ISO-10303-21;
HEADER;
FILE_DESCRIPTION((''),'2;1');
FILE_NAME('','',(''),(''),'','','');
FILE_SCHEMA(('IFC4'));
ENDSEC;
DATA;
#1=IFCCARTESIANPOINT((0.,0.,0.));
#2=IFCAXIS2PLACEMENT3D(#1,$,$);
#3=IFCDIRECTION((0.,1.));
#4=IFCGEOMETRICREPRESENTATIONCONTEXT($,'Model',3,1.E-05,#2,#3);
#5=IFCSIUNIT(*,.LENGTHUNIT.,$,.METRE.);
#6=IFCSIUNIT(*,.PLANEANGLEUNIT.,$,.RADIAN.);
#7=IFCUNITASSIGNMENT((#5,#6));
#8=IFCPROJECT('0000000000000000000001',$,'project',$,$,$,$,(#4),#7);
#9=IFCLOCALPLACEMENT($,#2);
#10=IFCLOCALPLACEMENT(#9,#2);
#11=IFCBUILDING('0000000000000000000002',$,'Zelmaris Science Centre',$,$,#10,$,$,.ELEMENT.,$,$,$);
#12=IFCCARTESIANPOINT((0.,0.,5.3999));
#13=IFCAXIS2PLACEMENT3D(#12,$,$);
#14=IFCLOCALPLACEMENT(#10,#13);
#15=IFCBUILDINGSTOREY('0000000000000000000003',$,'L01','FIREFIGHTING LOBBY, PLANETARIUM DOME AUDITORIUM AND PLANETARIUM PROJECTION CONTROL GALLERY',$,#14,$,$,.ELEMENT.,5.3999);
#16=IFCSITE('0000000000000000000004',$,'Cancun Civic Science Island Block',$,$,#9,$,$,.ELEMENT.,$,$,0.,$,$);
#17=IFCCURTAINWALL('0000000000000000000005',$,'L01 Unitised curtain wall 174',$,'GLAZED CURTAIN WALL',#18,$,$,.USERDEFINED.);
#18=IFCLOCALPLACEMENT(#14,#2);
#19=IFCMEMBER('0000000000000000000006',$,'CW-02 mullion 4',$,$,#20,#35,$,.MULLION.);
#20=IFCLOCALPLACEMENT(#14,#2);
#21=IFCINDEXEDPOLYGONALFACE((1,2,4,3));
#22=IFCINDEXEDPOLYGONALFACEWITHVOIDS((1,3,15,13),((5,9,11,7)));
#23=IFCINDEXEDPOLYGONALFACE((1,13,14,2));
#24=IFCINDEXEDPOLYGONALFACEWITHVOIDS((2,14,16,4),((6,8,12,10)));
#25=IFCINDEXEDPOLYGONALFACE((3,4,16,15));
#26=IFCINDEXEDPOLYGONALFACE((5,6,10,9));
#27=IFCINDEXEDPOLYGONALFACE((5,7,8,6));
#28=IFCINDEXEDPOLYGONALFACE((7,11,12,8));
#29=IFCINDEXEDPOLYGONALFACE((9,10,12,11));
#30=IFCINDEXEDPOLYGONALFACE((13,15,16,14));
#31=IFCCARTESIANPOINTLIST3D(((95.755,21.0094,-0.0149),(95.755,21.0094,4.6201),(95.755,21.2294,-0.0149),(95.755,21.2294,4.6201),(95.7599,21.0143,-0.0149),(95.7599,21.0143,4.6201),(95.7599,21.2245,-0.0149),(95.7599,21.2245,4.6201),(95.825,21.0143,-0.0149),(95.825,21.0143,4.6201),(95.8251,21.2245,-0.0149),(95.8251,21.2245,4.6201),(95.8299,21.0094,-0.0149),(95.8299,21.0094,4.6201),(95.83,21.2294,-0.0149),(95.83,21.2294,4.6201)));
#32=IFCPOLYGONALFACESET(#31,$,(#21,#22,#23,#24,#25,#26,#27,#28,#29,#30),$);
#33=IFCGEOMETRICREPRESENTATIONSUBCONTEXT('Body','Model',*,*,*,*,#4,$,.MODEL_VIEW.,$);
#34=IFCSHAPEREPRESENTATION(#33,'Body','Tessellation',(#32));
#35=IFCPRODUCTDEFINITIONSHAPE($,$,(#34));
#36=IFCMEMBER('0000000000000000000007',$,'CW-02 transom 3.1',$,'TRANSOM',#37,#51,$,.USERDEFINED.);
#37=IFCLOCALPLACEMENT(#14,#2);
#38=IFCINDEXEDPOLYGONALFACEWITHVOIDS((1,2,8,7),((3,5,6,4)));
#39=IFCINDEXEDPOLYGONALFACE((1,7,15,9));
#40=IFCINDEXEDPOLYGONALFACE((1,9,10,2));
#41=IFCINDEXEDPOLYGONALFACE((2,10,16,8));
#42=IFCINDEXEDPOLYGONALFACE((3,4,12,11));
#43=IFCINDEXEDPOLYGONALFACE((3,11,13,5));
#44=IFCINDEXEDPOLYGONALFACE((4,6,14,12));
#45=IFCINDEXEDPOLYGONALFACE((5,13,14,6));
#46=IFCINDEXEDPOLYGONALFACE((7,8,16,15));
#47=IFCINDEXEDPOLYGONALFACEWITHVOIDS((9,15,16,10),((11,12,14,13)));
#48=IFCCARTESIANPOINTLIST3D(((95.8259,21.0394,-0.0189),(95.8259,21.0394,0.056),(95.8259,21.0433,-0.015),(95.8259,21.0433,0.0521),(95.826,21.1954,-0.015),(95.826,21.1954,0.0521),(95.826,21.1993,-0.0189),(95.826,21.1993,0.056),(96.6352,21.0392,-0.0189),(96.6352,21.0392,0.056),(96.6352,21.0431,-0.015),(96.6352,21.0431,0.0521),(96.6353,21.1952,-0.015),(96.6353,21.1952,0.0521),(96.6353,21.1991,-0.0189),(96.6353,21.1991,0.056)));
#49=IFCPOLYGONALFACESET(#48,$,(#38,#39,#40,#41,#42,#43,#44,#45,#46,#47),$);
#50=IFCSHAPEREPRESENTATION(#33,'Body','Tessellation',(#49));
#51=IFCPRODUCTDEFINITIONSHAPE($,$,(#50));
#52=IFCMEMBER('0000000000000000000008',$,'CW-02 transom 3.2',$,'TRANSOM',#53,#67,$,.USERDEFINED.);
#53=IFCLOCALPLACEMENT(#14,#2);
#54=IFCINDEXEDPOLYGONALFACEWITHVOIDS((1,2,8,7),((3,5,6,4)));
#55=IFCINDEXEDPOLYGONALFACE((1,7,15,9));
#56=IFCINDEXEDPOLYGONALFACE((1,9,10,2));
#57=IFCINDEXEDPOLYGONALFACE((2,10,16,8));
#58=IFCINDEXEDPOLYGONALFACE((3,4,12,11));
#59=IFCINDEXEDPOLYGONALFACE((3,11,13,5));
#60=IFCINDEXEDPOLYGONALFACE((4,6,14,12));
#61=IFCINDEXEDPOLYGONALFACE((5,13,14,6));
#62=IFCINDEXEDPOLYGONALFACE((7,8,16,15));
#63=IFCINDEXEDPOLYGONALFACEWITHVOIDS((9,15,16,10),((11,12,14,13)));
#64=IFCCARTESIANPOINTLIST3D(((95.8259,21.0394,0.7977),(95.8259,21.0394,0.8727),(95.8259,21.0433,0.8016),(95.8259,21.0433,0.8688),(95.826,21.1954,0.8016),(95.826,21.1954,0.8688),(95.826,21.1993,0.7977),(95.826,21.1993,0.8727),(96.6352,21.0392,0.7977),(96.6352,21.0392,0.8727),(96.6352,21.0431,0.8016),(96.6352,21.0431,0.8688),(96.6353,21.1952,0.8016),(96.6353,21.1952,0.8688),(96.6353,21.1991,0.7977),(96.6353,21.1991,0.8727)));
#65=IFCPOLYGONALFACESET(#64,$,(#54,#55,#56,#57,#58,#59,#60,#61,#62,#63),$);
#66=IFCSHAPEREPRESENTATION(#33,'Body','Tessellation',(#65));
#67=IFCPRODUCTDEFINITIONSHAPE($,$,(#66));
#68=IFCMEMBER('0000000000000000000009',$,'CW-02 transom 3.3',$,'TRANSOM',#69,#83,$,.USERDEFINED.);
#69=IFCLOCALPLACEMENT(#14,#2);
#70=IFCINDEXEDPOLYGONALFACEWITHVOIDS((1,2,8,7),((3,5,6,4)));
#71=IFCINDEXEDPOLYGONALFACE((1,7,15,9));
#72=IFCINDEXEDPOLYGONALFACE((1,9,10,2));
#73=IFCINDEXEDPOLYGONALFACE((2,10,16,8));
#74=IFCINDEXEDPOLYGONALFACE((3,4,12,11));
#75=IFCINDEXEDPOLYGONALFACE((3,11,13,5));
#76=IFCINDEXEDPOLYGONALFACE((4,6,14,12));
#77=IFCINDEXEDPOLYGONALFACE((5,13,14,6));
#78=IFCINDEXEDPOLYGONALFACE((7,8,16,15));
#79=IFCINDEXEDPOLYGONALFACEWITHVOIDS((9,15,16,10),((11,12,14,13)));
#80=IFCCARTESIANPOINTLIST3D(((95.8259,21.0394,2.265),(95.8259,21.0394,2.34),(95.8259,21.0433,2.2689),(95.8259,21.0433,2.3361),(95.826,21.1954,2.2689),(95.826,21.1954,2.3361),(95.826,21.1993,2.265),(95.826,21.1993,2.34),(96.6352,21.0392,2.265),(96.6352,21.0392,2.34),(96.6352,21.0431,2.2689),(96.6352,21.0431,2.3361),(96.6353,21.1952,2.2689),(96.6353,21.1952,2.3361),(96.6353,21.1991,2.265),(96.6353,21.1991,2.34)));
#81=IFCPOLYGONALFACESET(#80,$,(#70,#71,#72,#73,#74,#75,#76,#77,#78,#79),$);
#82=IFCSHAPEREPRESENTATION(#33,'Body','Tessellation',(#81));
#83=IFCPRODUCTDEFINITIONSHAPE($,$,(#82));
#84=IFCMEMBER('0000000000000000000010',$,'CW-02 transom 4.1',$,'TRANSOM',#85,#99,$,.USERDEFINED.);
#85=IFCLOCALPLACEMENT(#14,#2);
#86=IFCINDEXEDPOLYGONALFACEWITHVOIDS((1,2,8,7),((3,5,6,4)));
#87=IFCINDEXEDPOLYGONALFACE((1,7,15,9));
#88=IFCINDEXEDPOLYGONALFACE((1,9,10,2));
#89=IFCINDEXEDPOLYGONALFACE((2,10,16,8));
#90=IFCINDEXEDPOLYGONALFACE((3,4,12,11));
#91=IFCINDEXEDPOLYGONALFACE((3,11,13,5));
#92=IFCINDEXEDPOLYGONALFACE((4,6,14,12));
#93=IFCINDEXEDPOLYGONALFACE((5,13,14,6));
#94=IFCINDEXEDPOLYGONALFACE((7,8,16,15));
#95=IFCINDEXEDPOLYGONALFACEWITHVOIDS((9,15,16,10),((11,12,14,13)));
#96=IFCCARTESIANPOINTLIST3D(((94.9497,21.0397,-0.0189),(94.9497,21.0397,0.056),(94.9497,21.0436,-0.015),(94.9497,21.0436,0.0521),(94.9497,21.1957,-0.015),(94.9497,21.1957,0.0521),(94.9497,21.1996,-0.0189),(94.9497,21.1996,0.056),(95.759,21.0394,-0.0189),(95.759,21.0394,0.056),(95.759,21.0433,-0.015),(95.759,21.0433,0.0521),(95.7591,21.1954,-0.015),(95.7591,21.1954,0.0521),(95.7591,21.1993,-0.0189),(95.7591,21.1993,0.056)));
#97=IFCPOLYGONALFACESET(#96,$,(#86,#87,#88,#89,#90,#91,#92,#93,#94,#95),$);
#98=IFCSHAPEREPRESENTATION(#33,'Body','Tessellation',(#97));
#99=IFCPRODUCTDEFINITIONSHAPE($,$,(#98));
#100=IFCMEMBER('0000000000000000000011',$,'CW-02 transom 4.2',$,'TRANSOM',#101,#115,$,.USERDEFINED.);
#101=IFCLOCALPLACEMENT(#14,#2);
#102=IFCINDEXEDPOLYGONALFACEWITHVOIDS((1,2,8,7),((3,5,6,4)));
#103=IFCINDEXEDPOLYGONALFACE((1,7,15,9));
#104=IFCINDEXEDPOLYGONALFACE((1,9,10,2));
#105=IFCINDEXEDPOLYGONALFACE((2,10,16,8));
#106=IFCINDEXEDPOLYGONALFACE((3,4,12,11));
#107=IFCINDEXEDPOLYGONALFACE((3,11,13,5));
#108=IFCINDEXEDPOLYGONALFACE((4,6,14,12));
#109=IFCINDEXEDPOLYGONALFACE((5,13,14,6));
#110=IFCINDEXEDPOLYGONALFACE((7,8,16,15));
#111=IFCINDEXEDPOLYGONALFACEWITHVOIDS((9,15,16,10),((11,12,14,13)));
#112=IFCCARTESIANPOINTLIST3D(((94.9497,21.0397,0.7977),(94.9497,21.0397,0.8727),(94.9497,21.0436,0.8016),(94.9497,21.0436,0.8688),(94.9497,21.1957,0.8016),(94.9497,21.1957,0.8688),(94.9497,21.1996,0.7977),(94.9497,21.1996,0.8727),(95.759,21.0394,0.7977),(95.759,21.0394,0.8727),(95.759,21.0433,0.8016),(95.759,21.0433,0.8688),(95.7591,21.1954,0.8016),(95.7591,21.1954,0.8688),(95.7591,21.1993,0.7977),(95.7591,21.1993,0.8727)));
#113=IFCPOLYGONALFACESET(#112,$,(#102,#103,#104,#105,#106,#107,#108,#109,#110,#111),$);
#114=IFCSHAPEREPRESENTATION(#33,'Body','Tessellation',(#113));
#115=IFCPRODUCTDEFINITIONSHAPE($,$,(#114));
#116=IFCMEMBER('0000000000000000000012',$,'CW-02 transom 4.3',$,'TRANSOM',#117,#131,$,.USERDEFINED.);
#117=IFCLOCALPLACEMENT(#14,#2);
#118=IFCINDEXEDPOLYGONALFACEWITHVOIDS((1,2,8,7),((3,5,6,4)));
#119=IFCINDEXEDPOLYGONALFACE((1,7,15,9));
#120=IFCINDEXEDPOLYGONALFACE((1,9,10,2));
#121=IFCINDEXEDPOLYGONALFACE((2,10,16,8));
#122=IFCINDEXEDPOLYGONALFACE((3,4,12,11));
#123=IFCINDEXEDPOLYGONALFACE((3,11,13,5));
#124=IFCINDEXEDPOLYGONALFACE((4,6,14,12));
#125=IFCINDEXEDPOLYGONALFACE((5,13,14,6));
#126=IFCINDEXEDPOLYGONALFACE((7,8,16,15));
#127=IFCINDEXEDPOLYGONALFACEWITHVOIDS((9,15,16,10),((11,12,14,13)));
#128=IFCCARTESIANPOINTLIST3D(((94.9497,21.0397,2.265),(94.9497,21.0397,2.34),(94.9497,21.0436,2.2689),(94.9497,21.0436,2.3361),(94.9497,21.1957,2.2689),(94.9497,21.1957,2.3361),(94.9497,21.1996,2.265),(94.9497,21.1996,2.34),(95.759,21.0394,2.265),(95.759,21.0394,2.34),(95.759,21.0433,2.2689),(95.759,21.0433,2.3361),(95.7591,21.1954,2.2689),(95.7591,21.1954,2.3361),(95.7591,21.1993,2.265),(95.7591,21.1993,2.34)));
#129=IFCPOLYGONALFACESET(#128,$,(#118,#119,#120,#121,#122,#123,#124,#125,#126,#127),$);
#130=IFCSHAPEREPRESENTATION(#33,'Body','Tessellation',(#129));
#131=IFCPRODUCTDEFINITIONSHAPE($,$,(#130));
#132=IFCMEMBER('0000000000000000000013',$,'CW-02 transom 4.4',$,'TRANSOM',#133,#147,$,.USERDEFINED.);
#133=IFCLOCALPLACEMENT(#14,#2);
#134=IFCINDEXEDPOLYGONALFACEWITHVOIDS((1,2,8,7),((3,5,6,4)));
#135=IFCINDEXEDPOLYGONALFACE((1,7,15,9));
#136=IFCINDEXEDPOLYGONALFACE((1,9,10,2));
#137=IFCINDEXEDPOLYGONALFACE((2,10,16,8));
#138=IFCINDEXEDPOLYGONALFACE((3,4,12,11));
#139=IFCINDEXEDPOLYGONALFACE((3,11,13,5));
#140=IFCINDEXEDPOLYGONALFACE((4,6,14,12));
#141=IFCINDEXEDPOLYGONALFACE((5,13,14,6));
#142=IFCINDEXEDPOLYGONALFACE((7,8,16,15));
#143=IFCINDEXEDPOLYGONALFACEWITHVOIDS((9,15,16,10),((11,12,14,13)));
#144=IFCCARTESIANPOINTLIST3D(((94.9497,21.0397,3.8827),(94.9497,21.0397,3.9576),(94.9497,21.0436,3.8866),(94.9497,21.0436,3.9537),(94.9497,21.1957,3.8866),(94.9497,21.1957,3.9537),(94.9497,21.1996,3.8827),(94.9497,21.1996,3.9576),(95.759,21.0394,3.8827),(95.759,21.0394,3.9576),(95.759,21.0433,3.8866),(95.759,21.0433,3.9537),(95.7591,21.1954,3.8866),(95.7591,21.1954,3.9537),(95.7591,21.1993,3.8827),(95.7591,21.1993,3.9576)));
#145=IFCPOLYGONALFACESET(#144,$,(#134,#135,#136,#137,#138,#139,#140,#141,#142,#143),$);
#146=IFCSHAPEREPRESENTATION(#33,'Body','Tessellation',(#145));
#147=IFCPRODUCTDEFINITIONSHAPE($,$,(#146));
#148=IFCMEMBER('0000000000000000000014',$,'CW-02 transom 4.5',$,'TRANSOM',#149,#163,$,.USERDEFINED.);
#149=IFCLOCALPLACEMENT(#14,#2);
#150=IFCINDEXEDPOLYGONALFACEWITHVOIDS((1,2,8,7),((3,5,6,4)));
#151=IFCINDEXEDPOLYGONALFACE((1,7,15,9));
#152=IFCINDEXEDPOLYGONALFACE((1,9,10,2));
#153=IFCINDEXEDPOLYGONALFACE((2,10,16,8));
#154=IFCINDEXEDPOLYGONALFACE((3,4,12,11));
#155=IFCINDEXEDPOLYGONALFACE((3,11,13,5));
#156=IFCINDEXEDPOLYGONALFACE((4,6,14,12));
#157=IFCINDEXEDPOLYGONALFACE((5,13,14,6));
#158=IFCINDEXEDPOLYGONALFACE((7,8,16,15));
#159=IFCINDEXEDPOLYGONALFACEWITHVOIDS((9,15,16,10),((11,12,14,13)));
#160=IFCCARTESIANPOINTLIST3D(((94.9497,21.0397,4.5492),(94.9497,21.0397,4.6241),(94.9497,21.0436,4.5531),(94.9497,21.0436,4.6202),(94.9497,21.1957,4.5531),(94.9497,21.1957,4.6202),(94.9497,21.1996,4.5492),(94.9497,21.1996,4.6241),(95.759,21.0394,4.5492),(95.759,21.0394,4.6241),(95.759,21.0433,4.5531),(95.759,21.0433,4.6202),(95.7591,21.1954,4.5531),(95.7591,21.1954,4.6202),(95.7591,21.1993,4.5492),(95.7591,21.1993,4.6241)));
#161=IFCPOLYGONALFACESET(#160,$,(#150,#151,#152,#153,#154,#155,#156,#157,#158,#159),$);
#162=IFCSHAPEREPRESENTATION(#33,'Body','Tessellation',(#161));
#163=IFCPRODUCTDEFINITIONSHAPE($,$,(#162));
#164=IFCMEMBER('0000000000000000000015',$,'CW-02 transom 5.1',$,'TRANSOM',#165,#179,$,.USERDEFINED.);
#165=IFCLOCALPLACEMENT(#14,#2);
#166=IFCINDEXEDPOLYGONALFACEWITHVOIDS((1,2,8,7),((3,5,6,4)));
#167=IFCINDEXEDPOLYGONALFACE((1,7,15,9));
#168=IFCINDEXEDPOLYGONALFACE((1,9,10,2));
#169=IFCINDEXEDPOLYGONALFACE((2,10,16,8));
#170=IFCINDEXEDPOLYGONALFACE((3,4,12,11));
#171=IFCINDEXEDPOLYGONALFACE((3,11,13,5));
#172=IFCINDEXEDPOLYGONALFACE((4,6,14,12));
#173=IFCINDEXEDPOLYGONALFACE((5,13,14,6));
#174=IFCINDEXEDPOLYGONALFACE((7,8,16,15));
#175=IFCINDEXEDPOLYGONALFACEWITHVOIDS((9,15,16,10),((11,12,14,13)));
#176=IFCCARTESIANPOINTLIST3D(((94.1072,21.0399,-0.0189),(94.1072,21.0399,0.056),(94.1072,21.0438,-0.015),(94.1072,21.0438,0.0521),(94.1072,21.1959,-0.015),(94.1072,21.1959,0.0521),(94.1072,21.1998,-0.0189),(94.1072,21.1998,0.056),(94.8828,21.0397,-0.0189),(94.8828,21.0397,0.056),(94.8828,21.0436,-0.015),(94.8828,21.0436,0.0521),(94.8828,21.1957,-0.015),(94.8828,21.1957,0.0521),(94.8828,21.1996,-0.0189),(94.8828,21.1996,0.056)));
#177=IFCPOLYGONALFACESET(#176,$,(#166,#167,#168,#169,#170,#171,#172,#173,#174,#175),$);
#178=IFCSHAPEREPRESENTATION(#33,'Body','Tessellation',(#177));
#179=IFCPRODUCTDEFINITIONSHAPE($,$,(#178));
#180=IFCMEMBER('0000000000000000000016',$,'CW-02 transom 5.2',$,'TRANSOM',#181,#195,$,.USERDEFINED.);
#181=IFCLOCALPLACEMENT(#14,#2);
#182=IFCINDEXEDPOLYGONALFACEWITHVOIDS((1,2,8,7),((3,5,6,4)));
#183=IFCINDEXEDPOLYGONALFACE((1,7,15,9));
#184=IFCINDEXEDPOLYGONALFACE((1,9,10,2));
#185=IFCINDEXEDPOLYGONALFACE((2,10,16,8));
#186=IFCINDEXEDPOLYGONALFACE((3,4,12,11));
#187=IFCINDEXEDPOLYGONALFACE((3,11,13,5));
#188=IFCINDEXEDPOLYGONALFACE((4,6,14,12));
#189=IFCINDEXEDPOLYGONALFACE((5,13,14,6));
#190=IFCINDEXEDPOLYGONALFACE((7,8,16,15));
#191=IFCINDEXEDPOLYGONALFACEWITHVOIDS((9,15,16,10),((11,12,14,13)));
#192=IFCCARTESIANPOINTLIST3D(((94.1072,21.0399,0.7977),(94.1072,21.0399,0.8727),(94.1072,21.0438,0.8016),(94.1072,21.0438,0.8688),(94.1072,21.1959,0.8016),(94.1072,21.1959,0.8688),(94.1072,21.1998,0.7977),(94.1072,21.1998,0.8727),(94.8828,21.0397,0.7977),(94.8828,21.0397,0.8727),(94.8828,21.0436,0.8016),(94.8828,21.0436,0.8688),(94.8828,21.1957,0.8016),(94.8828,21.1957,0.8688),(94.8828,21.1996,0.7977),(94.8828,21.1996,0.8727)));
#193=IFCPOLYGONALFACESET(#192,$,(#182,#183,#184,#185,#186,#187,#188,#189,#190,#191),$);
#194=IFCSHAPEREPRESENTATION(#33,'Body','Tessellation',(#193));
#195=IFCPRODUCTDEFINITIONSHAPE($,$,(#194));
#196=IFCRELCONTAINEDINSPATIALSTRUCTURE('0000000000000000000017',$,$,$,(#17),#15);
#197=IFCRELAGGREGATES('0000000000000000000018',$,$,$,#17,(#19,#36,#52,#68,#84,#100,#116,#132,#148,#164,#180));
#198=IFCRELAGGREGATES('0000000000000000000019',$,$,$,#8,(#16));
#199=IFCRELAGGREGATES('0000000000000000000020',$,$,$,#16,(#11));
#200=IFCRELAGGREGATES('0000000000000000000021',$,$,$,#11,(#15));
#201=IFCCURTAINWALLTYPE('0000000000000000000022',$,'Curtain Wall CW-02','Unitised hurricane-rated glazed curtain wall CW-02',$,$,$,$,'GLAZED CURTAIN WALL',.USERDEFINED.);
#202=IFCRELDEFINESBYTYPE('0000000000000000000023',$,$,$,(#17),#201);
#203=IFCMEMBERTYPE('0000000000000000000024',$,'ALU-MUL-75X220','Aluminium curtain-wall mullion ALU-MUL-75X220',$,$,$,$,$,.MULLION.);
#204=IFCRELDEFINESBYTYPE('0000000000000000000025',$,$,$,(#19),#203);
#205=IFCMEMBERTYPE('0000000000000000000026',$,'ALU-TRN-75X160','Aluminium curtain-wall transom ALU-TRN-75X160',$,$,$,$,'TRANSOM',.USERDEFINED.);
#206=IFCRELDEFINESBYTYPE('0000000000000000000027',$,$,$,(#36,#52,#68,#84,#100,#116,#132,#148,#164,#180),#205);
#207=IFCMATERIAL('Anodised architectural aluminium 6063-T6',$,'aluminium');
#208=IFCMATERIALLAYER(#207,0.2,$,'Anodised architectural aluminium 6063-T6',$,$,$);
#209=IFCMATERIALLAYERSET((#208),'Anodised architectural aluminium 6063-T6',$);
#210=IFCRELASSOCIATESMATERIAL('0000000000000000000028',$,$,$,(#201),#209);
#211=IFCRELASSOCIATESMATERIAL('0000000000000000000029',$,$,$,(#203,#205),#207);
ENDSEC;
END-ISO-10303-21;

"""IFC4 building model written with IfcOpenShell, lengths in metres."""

from ifc_helpers import new_model, si_unit, direction, frame, origin, origin_2d, place, context, subcontext, project, spatial, hollow_rectangle, extrude, material, layer, layer_set, material_profile, profile_set, type_object, element, aggregate, save


model = new_model("IFC4")

# Units and contexts
model_context = context("Model", 3, precision=1e-05, world=origin(), true_north=direction((0.0, 1.0)))
body_context = subcontext(model_context, "Body", "Model", "MODEL_VIEW")
ifc_project = project(units=[si_unit("LENGTHUNIT", "METRE"), si_unit("PLANEANGLEUNIT", "RADIAN")], contexts=[model_context])

# Site, building, storey
site_placement = place(None, origin())
site = spatial("IfcSite", under=ifc_project, at=site_placement, Name="Cancun Civic Science Island Block", CompositionType="ELEMENT", RefElevation=0.0)
building_placement = place(site_placement, origin())
building = spatial("IfcBuilding", under=site, at=building_placement, Name="Zelmaris Science Centre", CompositionType="ELEMENT")
storey_placement = place(building_placement, frame((0.0, 0.0, 5.3999)))
storey = spatial("IfcBuildingStorey", under=building, at=storey_placement, Name="L01", Description="FIREFIGHTING LOBBY, PLANETARIUM DOME AUDITORIUM AND PLANETARIUM PROJECTION CONTROL GALLERY", CompositionType="ELEMENT", Elevation=5.3999)

# Curtain wall, members
ifc_material_1 = material(Name="Anodised architectural aluminium 6063-T6", Category="aluminium")
ifc_layer_1 = layer(ifc_material_1, 0.2, Name="Anodised architectural aluminium 6063-T6")
ifc_layer_set_1 = layer_set([ifc_layer_1], Name="Anodised architectural aluminium 6063-T6")
curtain_wall_type = type_object("IfcCurtainWallType", Name="Curtain Wall CW-02", Description="Unitised hurricane-rated glazed curtain wall CW-02", ElementType="GLAZED CURTAIN WALL", PredefinedType="USERDEFINED", material=ifc_layer_set_1)
curtain_wall_placement = place(storey_placement, origin())
curtain_wall = element("IfcCurtainWall", 1, at=curtain_wall_placement, inside=storey, type_object=curtain_wall_type, Name="L01 Unitised curtain wall 174", ObjectType="GLAZED CURTAIN WALL", PredefinedType="USERDEFINED")
ifc_material_profile_1 = material_profile(ifc_material_1, hollow_rectangle(XDim=0.075, YDim=0.22, WallThickness=0.0049, at=origin_2d()), Name="ALU-MUL-75X220")
ifc_profile_set_1 = profile_set([ifc_material_profile_1], Name="Anodised architectural aluminium 6063-T6")
member_type_1 = type_object("IfcMemberType", Name="ALU-MUL-75X220", Description="Aluminium curtain-wall mullion ALU-MUL-75X220", PredefinedType="MULLION", material=ifc_profile_set_1)
member_1_placement = place(storey_placement, frame((95.7925, 21.1194, -0.0149), z_axis=(0.0, 0.0, 1.0), x_axis=(-1.0, 0.000321, 0.0)))
member_1 = element("IfcMember", 2, at=member_1_placement, type_object=member_type_1, Name="CW-02 mullion 4", PredefinedType="MULLION", context=body_context, shape_type="SweptSolid", body=[
    extrude(hollow_rectangle(XDim=0.075, YDim=0.22, WallThickness=0.0049, at=origin_2d()), origin(), (0.0, 0.0, 1.0), 4.635),
])
ifc_material_profile_2 = material_profile(ifc_material_1, hollow_rectangle(XDim=0.075, YDim=0.1599, WallThickness=0.0039, at=origin_2d()), Name="ALU-TRN-75X160")
ifc_profile_set_2 = profile_set([ifc_material_profile_2], Name="Anodised architectural aluminium 6063-T6")
member_type_2 = type_object("IfcMemberType", Name="ALU-TRN-75X160", Description="Aluminium curtain-wall transom ALU-TRN-75X160", ElementType="TRANSOM", PredefinedType="USERDEFINED", material=ifc_profile_set_2)
member_2_placement = place(storey_placement, frame((96.6353, 21.1191, 0.0186), z_axis=(-1.0, 0.000302, 0.0), x_axis=(0.0, 0.0, 1.0)))
member_2 = element("IfcMember", 3, at=member_2_placement, type_object=member_type_2, Name="CW-02 transom 3.1", ObjectType="TRANSOM", PredefinedType="USERDEFINED", context=body_context, shape_type="SweptSolid", body=[
    extrude(hollow_rectangle(XDim=0.075, YDim=0.1599, WallThickness=0.0039, at=origin_2d()), origin(), (0.0, 0.0, 1.0), 0.8093),
])
member_3_placement = place(storey_placement, frame((96.6353, 21.1191, 0.8352), z_axis=(-1.0, 0.000302, 0.0), x_axis=(0.0, 0.0, 1.0)))
member_3 = element("IfcMember", 4, at=member_3_placement, type_object=member_type_2, Name="CW-02 transom 3.2", ObjectType="TRANSOM", PredefinedType="USERDEFINED", context=body_context, shape_type="SweptSolid", body=[
    extrude(hollow_rectangle(XDim=0.075, YDim=0.1599, WallThickness=0.0039, at=origin_2d()), origin(), (0.0, 0.0, 1.0), 0.8093),
])
member_4_placement = place(storey_placement, frame((96.6353, 21.1191, 2.3025), z_axis=(-1.0, 0.000302, 0.0), x_axis=(0.0, 0.0, 1.0)))
member_4 = element("IfcMember", 5, at=member_4_placement, type_object=member_type_2, Name="CW-02 transom 3.3", ObjectType="TRANSOM", PredefinedType="USERDEFINED", context=body_context, shape_type="SweptSolid", body=[
    extrude(hollow_rectangle(XDim=0.075, YDim=0.1599, WallThickness=0.0039, at=origin_2d()), origin(), (0.0, 0.0, 1.0), 0.8093),
])
member_5_placement = place(storey_placement, frame((95.759, 21.1194, 0.0186), z_axis=(-1.0, 0.000302, 0.0), x_axis=(0.0, 0.0, 1.0)))
member_5 = element("IfcMember", 6, at=member_5_placement, type_object=member_type_2, Name="CW-02 transom 4.1", ObjectType="TRANSOM", PredefinedType="USERDEFINED", context=body_context, shape_type="SweptSolid", body=[
    extrude(hollow_rectangle(XDim=0.075, YDim=0.1599, WallThickness=0.0039, at=origin_2d()), origin(), (0.0, 0.0, 1.0), 0.8093),
])
member_6_placement = place(storey_placement, frame((95.759, 21.1194, 0.8352), z_axis=(-1.0, 0.000302, 0.0), x_axis=(0.0, 0.0, 1.0)))
member_6 = element("IfcMember", 7, at=member_6_placement, type_object=member_type_2, Name="CW-02 transom 4.2", ObjectType="TRANSOM", PredefinedType="USERDEFINED", context=body_context, shape_type="SweptSolid", body=[
    extrude(hollow_rectangle(XDim=0.075, YDim=0.1599, WallThickness=0.0039, at=origin_2d()), origin(), (0.0, 0.0, 1.0), 0.8093),
])
member_7_placement = place(storey_placement, frame((95.759, 21.1194, 2.3025), z_axis=(-1.0, 0.000302, 0.0), x_axis=(0.0, 0.0, 1.0)))
member_7 = element("IfcMember", 8, at=member_7_placement, type_object=member_type_2, Name="CW-02 transom 4.3", ObjectType="TRANSOM", PredefinedType="USERDEFINED", context=body_context, shape_type="SweptSolid", body=[
    extrude(hollow_rectangle(XDim=0.075, YDim=0.1599, WallThickness=0.0039, at=origin_2d()), origin(), (0.0, 0.0, 1.0), 0.8093),
])
member_8_placement = place(storey_placement, frame((95.759, 21.1194, 3.9202), z_axis=(-1.0, 0.000302, 0.0), x_axis=(0.0, 0.0, 1.0)))
member_8 = element("IfcMember", 9, at=member_8_placement, type_object=member_type_2, Name="CW-02 transom 4.4", ObjectType="TRANSOM", PredefinedType="USERDEFINED", context=body_context, shape_type="SweptSolid", body=[
    extrude(hollow_rectangle(XDim=0.075, YDim=0.1599, WallThickness=0.0039, at=origin_2d()), origin(), (0.0, 0.0, 1.0), 0.8093),
])
member_9_placement = place(storey_placement, frame((95.759, 21.1194, 4.5867), z_axis=(-1.0, 0.000302, 0.0), x_axis=(0.0, 0.0, 1.0)))
member_9 = element("IfcMember", 10, at=member_9_placement, type_object=member_type_2, Name="CW-02 transom 4.5", ObjectType="TRANSOM", PredefinedType="USERDEFINED", context=body_context, shape_type="SweptSolid", body=[
    extrude(hollow_rectangle(XDim=0.075, YDim=0.1599, WallThickness=0.0039, at=origin_2d()), origin(), (0.0, 0.0, 1.0), 0.8093),
])
member_10_placement = place(storey_placement, frame((94.8828, 21.1196, 0.0186), z_axis=(-1.0, 0.000315, 0.0), x_axis=(0.0, 0.0, 1.0)))
member_10 = element("IfcMember", 11, at=member_10_placement, type_object=member_type_2, Name="CW-02 transom 5.1", ObjectType="TRANSOM", PredefinedType="USERDEFINED", context=body_context, shape_type="SweptSolid", body=[
    extrude(hollow_rectangle(XDim=0.075, YDim=0.1599, WallThickness=0.0039, at=origin_2d()), origin(), (0.0, 0.0, 1.0), 0.7756),
])
member_11_placement = place(storey_placement, frame((94.8828, 21.1196, 0.8352), z_axis=(-1.0, 0.000315, 0.0), x_axis=(0.0, 0.0, 1.0)))
member_11 = element("IfcMember", 12, at=member_11_placement, type_object=member_type_2, Name="CW-02 transom 5.2", ObjectType="TRANSOM", PredefinedType="USERDEFINED", context=body_context, shape_type="SweptSolid", body=[
    extrude(hollow_rectangle(XDim=0.075, YDim=0.1599, WallThickness=0.0039, at=origin_2d()), origin(), (0.0, 0.0, 1.0), 0.7756),
])
aggregate(curtain_wall, [member_1, member_2, member_3, member_4, member_5, member_6, member_7, member_8, member_9, member_10, member_11])

save(model, "model.ifc")
